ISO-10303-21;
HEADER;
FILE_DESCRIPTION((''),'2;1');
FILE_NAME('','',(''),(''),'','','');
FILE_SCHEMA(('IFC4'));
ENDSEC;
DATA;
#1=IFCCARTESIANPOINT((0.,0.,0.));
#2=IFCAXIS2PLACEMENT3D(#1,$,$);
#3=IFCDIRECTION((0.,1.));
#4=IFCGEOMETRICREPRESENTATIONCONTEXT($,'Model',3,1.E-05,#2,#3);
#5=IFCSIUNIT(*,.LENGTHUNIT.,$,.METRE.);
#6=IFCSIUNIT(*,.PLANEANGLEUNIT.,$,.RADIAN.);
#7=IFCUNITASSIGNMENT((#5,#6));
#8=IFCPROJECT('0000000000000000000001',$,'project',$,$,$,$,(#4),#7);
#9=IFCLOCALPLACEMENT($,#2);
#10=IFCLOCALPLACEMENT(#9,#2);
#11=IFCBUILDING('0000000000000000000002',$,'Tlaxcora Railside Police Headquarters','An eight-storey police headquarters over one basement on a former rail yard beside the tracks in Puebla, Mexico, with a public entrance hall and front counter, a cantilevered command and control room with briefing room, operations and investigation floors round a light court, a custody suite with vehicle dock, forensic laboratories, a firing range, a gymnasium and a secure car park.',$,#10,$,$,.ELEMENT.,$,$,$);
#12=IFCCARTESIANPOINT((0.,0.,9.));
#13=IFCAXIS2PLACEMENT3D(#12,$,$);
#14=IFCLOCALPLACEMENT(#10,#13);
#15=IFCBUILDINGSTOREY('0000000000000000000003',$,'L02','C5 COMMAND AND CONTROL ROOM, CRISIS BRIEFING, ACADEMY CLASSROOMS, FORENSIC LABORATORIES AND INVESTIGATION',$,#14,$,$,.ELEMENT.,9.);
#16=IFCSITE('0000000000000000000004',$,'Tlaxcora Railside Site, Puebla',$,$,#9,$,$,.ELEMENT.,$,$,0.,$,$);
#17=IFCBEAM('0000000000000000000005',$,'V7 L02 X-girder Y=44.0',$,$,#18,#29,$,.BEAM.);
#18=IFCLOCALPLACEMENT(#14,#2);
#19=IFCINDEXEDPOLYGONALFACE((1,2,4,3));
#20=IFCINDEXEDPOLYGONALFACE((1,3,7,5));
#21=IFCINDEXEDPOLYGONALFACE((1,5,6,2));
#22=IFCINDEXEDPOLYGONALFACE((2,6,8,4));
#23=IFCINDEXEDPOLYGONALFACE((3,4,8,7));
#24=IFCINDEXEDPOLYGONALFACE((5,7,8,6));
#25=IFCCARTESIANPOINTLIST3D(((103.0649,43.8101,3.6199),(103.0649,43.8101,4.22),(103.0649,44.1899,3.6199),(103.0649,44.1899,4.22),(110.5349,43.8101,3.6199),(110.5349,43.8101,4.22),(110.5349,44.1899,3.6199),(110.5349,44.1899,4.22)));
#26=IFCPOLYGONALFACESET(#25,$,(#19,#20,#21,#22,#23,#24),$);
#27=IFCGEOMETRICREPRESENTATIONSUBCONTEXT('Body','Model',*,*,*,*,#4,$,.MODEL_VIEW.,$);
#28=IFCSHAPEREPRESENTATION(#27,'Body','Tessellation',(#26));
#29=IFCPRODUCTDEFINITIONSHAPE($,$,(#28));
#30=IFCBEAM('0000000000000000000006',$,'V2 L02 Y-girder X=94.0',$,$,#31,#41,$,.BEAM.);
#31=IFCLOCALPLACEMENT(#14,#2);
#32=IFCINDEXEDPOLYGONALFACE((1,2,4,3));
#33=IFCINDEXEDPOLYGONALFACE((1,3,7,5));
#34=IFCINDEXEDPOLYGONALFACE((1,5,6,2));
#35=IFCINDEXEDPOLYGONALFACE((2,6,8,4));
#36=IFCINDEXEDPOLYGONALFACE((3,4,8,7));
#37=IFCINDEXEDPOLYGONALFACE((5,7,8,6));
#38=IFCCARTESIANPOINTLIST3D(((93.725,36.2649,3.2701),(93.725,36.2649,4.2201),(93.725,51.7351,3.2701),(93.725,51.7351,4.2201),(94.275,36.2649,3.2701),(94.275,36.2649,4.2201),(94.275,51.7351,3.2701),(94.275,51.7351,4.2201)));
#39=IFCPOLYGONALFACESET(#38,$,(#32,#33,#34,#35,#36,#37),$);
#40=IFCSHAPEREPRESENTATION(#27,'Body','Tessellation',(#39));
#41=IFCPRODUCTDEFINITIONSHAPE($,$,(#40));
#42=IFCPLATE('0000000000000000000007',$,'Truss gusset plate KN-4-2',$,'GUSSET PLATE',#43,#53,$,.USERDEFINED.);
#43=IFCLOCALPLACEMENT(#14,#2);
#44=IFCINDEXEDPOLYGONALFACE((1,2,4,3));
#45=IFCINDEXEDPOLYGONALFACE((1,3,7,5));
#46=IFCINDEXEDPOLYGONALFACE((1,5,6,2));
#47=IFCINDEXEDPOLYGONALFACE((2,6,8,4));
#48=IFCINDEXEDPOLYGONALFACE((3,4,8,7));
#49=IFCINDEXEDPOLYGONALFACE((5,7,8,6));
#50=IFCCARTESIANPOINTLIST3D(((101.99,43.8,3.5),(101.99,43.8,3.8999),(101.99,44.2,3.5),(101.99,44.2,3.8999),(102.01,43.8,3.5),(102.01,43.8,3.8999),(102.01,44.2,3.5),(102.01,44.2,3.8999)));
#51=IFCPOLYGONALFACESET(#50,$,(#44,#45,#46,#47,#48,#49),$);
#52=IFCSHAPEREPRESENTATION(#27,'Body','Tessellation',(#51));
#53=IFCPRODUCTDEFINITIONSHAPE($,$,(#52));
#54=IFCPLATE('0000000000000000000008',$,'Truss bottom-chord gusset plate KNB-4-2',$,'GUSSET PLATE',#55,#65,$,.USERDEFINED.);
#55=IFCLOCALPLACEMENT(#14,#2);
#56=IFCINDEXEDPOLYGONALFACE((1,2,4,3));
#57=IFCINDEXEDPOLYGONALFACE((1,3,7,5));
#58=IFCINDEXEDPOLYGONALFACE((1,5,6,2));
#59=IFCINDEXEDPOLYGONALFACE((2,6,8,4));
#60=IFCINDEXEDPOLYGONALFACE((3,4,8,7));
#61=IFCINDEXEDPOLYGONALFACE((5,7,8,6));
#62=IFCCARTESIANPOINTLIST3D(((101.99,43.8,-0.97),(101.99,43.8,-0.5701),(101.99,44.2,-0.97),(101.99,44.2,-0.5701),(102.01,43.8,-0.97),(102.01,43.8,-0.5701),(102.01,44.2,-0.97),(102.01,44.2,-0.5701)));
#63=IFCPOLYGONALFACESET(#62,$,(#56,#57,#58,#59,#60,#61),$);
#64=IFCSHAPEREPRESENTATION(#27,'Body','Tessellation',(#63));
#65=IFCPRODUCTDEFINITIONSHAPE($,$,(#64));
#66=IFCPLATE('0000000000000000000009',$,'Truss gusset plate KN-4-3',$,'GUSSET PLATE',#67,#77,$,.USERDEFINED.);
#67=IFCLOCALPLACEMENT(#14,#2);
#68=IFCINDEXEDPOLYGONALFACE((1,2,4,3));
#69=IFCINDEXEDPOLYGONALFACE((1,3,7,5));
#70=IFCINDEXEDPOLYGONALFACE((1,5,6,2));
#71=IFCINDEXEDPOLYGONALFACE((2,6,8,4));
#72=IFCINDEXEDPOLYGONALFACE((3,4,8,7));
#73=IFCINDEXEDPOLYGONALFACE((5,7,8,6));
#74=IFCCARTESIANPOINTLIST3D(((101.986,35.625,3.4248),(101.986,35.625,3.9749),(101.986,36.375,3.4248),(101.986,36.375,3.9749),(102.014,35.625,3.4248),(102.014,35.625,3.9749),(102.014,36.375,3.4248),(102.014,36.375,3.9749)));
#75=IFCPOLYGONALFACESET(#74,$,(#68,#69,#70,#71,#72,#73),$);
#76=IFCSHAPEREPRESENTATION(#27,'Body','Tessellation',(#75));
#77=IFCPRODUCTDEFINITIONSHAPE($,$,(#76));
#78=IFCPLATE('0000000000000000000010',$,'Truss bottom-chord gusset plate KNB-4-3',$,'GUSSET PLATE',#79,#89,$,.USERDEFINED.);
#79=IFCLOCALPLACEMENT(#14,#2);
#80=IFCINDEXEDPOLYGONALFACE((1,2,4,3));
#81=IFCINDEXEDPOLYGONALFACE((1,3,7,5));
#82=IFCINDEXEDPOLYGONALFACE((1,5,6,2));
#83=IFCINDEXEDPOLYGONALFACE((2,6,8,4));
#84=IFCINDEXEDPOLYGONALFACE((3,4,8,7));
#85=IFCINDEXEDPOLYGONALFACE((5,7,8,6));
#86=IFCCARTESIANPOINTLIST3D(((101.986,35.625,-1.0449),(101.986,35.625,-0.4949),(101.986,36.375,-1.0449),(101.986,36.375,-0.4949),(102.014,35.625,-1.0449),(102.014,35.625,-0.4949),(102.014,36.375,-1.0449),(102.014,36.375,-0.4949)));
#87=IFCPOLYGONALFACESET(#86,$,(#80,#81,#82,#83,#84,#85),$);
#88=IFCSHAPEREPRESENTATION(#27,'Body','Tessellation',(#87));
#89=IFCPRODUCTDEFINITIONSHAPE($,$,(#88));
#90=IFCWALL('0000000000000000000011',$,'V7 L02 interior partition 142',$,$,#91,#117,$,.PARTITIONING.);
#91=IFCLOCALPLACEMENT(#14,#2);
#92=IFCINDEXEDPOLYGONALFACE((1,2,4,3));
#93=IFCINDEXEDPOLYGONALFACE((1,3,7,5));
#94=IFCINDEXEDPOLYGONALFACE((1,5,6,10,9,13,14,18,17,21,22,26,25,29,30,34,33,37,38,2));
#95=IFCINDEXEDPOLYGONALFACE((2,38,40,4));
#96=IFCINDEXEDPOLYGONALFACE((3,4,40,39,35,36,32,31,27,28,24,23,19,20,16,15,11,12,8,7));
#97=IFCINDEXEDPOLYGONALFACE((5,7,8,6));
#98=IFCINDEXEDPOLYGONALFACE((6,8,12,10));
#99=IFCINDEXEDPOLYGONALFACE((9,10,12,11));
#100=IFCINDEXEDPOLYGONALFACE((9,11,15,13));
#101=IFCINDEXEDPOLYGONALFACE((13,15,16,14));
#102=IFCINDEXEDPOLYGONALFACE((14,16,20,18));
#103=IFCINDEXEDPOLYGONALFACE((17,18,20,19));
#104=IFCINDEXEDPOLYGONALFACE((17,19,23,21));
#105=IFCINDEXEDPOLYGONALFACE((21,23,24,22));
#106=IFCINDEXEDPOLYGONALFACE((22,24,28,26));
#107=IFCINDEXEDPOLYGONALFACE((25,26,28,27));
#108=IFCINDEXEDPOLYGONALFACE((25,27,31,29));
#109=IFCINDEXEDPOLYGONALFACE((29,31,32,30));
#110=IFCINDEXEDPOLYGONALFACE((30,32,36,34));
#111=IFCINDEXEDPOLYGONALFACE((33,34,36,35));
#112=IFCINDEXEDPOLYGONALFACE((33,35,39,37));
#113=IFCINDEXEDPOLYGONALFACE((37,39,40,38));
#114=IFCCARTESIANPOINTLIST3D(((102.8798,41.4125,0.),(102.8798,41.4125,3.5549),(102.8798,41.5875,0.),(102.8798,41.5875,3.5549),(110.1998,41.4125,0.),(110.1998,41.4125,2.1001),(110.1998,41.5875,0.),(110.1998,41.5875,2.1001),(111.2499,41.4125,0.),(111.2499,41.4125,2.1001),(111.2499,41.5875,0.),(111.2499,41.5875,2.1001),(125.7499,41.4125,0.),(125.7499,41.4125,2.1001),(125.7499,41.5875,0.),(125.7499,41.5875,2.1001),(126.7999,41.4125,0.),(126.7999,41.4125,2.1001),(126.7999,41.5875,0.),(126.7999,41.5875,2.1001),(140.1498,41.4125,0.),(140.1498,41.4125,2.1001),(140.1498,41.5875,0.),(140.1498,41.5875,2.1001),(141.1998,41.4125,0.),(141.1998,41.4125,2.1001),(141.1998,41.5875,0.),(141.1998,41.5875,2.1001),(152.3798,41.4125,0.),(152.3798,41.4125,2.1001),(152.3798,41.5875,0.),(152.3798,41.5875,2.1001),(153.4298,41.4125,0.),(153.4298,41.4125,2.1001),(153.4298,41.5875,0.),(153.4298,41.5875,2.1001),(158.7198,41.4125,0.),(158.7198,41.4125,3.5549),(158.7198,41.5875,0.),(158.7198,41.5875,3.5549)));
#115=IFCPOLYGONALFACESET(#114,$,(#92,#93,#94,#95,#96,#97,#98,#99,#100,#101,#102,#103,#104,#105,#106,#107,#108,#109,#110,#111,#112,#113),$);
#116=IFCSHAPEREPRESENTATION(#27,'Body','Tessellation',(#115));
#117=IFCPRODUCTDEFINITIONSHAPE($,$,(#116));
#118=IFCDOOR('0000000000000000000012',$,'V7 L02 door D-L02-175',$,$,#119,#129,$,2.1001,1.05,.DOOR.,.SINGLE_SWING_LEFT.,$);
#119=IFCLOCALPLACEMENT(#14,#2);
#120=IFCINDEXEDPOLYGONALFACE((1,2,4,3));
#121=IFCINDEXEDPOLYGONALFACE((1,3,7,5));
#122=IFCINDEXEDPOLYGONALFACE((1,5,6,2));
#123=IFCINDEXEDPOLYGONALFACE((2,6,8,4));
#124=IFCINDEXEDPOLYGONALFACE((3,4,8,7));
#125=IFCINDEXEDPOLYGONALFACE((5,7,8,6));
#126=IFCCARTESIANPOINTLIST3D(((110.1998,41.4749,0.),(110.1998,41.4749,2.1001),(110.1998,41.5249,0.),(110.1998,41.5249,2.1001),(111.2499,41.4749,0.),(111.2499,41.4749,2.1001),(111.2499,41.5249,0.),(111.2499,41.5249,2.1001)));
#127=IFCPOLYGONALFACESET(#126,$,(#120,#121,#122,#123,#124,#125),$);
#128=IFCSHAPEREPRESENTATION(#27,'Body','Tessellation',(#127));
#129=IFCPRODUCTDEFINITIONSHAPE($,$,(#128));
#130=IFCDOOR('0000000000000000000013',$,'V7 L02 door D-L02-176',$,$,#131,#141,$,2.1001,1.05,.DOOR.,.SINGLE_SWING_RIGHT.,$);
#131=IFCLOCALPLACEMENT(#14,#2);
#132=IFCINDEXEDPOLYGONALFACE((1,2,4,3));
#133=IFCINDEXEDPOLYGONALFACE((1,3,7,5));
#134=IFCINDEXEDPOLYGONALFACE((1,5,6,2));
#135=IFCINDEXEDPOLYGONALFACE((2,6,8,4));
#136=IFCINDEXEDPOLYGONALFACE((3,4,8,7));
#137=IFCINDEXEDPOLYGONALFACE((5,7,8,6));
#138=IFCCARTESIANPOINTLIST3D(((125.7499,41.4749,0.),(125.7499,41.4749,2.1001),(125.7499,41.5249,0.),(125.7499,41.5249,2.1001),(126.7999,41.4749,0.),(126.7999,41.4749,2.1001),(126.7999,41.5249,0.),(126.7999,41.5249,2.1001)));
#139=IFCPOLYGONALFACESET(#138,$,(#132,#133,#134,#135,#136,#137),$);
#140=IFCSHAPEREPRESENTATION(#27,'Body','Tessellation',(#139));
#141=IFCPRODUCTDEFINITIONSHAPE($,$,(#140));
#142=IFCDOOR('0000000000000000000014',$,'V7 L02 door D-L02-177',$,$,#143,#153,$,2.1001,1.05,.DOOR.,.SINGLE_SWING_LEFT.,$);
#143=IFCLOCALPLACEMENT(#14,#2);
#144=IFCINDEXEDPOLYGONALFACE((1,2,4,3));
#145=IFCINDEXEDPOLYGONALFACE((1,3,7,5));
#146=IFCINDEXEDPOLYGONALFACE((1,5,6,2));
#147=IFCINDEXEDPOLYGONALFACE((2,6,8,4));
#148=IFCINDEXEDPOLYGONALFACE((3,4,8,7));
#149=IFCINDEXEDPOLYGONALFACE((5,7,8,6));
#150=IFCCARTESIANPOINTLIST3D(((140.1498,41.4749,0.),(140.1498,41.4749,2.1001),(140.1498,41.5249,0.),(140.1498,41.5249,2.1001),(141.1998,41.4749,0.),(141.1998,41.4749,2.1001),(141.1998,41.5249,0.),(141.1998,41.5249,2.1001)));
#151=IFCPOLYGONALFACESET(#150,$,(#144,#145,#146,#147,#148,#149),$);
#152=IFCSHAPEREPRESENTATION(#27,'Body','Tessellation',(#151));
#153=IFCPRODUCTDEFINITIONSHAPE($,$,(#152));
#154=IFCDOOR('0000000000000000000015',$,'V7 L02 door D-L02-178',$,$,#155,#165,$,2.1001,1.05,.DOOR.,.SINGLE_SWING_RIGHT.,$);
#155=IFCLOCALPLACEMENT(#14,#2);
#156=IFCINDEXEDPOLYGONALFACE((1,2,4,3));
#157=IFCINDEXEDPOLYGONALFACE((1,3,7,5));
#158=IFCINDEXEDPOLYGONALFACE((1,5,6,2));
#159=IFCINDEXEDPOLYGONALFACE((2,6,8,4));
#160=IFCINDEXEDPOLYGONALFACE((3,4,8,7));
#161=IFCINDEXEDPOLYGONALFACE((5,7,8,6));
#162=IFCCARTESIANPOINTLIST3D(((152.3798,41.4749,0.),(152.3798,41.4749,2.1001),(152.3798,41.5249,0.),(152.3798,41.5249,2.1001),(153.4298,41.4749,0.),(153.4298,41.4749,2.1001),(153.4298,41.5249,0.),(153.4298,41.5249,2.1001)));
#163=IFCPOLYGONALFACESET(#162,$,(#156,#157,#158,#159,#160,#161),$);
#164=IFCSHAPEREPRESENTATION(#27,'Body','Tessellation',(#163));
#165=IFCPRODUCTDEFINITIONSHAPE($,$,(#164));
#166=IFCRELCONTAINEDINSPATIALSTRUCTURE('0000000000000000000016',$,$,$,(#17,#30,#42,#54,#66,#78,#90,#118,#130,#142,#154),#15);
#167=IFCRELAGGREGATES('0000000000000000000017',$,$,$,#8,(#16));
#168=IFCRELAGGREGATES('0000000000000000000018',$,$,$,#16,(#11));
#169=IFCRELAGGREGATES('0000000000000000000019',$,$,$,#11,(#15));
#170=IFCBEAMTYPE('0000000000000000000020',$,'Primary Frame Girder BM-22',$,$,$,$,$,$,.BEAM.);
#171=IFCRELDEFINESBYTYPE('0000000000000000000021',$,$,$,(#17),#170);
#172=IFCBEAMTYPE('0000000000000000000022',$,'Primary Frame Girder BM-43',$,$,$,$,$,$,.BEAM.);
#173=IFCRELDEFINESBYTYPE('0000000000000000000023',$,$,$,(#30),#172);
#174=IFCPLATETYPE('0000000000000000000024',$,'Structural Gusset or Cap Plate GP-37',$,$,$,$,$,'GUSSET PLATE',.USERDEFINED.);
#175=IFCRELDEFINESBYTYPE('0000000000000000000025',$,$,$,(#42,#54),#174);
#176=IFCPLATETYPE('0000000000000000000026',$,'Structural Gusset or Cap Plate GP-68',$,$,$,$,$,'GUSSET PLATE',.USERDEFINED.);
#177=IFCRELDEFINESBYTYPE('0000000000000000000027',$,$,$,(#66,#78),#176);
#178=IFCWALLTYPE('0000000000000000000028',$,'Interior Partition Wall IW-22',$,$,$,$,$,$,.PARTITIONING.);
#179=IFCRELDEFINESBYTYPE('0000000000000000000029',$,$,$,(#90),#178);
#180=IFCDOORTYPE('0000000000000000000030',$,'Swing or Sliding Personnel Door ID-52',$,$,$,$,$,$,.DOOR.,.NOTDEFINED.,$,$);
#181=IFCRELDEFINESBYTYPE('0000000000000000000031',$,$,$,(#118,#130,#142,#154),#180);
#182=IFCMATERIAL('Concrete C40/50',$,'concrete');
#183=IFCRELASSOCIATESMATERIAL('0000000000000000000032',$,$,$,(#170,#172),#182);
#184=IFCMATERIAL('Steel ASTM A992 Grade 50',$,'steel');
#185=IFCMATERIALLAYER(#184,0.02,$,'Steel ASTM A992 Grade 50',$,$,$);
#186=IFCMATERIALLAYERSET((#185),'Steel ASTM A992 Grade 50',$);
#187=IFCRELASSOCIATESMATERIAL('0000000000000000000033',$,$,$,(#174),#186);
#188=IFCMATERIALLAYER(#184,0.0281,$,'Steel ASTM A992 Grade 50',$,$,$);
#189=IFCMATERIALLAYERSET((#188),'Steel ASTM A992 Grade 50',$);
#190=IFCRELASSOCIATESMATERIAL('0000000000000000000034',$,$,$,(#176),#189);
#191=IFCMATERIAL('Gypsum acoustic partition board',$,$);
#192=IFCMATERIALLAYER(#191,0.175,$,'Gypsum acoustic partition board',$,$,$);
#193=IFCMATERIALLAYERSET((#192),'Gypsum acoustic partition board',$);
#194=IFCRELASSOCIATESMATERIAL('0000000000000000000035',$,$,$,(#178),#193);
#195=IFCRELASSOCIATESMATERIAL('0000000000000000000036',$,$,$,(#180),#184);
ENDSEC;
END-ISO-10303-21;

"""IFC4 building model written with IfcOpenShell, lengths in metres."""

from ifc_helpers import new_model, si_unit, direction, frame, frame_2d, origin, origin_2d, place, context, subcontext, project, spatial, rectangle, extrude, material, layer, layer_set, material_profile, profile_set, type_object, element, fill, save


model = new_model("IFC4")

# Units and contexts
model_context = context("Model", 3, precision=1e-05, world=origin(), true_north=direction((0.0, 1.0)))
body_context = subcontext(model_context, "Body", "Model", "MODEL_VIEW")
ifc_project = project(units=[si_unit("LENGTHUNIT", "METRE"), si_unit("PLANEANGLEUNIT", "RADIAN")], contexts=[model_context])

# Site, building, storey
site_placement = place(None, origin())
site = spatial("IfcSite", under=ifc_project, at=site_placement, Name="Tlaxcora Railside Site, Puebla", CompositionType="ELEMENT", RefElevation=0.0)
building_placement = place(site_placement, origin())
building = spatial("IfcBuilding", under=site, at=building_placement, Name="Tlaxcora Railside Police Headquarters", Description="An eight-storey police headquarters over one basement on a former rail yard beside the tracks in Puebla, Mexico, with a public entrance hall and front counter, a cantilevered command and control room with briefing room, operations and investigation floors round a light court, a custody suite with vehicle dock, forensic laboratories, a firing range, a gymnasium and a secure car park.", CompositionType="ELEMENT")
storey_placement = place(building_placement, frame((0.0, 0.0, 9.0)))
storey = spatial("IfcBuildingStorey", under=building, at=storey_placement, Name="L02", Description="C5 COMMAND AND CONTROL ROOM, CRISIS BRIEFING, ACADEMY CLASSROOMS, FORENSIC LABORATORIES AND INVESTIGATION", CompositionType="ELEMENT", Elevation=9.0)

# Shared definitions
ifc_material_1 = material(Name="Concrete C40/50", Category="concrete")

# Shared definitions
ifc_material_2 = material(Name="Steel ASTM A992 Grade 50", Category="steel")

# Beams
ifc_material_profile_1 = material_profile(ifc_material_1, rectangle(XDim=0.3799, YDim=0.6001, at=origin_2d()), Name="RC380X600")
ifc_profile_set_1 = profile_set([ifc_material_profile_1], Name="Concrete C40/50")
beam_type_1 = type_object("IfcBeamType", Name="Primary Frame Girder BM-22", PredefinedType="BEAM", material=ifc_profile_set_1)
beam_1_placement = place(storey_placement, frame((103.0649, 44.0, 3.9199), z_axis=(1.0, 0.0, 0.0), x_axis=(0.0, 1.0, 0.0)))
element("IfcBeam", 1, at=beam_1_placement, inside=storey, type_object=beam_type_1, Name="V7 L02 X-girder Y=44.0", PredefinedType="BEAM", context=body_context, shape_type="SweptSolid", body=[
    extrude(rectangle(XDim=0.3799, YDim=0.6001, at=origin_2d()), origin(), (0.0, 0.0, 1.0), 7.47),
])
ifc_material_profile_2 = material_profile(ifc_material_1, rectangle(XDim=0.55, YDim=0.95, at=origin_2d()), Name="RC550X950")
ifc_profile_set_2 = profile_set([ifc_material_profile_2], Name="Concrete C40/50")
beam_type_2 = type_object("IfcBeamType", Name="Primary Frame Girder BM-43", PredefinedType="BEAM", material=ifc_profile_set_2)
beam_2_placement = place(storey_placement, frame((94.0, 36.2649, 3.7451), z_axis=(0.0, 1.0, 0.0), x_axis=(-1.0, 0.0, 0.0)))
element("IfcBeam", 2, at=beam_2_placement, inside=storey, type_object=beam_type_2, Name="V2 L02 Y-girder X=94.0", PredefinedType="BEAM", context=body_context, shape_type="SweptSolid", body=[
    extrude(rectangle(XDim=0.55, YDim=0.95, at=origin_2d()), origin(), (0.0, 0.0, 1.0), 15.4702),
])

# Plates
ifc_layer_1 = layer(ifc_material_2, 0.02, Name="Steel ASTM A992 Grade 50")
ifc_layer_set_1 = layer_set([ifc_layer_1], Name="Steel ASTM A992 Grade 50")
plate_type_1 = type_object("IfcPlateType", Name="Structural Gusset or Cap Plate GP-37", ElementType="GUSSET PLATE", PredefinedType="USERDEFINED", material=ifc_layer_set_1)
for number, where, z_axis, x_axis, name in (
    (3, (102.0, 44.0, 3.5), (0.0, 0.0, 1.0), (0.0, 1.0, 0.0), "Truss gusset plate KN-4-2"),
    (4, (102.0, 44.0, -0.97), (0.0, 0.0, 1.0), (0.0, 1.0, 0.0), "Truss bottom-chord gusset plate KNB-4-2"),
):
    element("IfcPlate", number, at=place(storey_placement, frame(where, z_axis=z_axis, x_axis=x_axis)), inside=storey, type_object=plate_type_1, Name=name, ObjectType="GUSSET PLATE", PredefinedType="USERDEFINED", context=body_context, shape_type="SweptSolid", body=[
        extrude(rectangle(XDim=0.3999, YDim=0.02, at=origin_2d()), origin(), (0.0, 0.0, 1.0), 0.3999),
    ])
ifc_layer_2 = layer(ifc_material_2, 0.0281, Name="Steel ASTM A992 Grade 50")
ifc_layer_set_2 = layer_set([ifc_layer_2], Name="Steel ASTM A992 Grade 50")
plate_type_2 = type_object("IfcPlateType", Name="Structural Gusset or Cap Plate GP-68", ElementType="GUSSET PLATE", PredefinedType="USERDEFINED", material=ifc_layer_set_2)
for number, where, z_axis, x_axis, name in (
    (5, (102.0, 36.0, 3.4248), (0.0, 0.0, 1.0), (0.0, 1.0, 0.0), "Truss gusset plate KN-4-3"),
    (6, (102.0, 36.0, -1.0449), (0.0, 0.0, 1.0), (0.0, 1.0, 0.0), "Truss bottom-chord gusset plate KNB-4-3"),
):
    element("IfcPlate", number, at=place(storey_placement, frame(where, z_axis=z_axis, x_axis=x_axis)), inside=storey, type_object=plate_type_2, Name=name, ObjectType="GUSSET PLATE", PredefinedType="USERDEFINED", context=body_context, shape_type="SweptSolid", body=[
        extrude(rectangle(XDim=0.75, YDim=0.0281, at=origin_2d()), origin(), (0.0, 0.0, 1.0), 0.55),
    ])

# Wall, openings, doors
ifc_material_3 = material(Name="Gypsum acoustic partition board")
ifc_layer_3 = layer(ifc_material_3, 0.175, Name="Gypsum acoustic partition board")
ifc_layer_set_3 = layer_set([ifc_layer_3], Name="Gypsum acoustic partition board")
wall_type_1 = type_object("IfcWallType", Name="Interior Partition Wall IW-22", PredefinedType="PARTITIONING", material=ifc_layer_set_3)
wall_1_placement = place(storey_placement, frame((102.8799, 41.5, 0.0), z_axis=(0.0, 0.0, 1.0), x_axis=(1.0, 0.0, 0.0)))
wall_1 = element("IfcWall", 7, at=wall_1_placement, inside=storey, type_object=wall_type_1, Name="V7 L02 interior partition 142", PredefinedType="PARTITIONING", context=body_context, shape_type="SweptSolid", body=[
    extrude(rectangle(XDim=55.8401, YDim=0.175, at=frame_2d((27.9199, 0.0))), origin(), (0.0, 0.0, 1.0), 3.5549),
])
opening_1_placement = place(wall_1_placement, frame((7.3201, 0.0, 0.0)))
opening_1 = element("IfcOpeningElement", 8, at=opening_1_placement, cuts=wall_1, PredefinedType="OPENING", context=body_context, shape_type="SweptSolid", body=[
    extrude(rectangle(XDim=1.05, YDim=2.1001, at=frame_2d((0.5249, 1.05))), frame((0.0, 0.0977, 0.0), z_axis=(0.0, -1.0, 0.0), x_axis=(1.0, 0.0, 0.0)), (0.0, 0.0, 1.0), 0.1951),
])
opening_2_placement = place(wall_1_placement, frame((22.8701, 0.0, 0.0)))
opening_2 = element("IfcOpeningElement", 9, at=opening_2_placement, cuts=wall_1, PredefinedType="OPENING", context=body_context, shape_type="SweptSolid", body=[
    extrude(rectangle(XDim=1.05, YDim=2.1001, at=frame_2d((0.5249, 1.05))), frame((0.0, 0.0977, 0.0), z_axis=(0.0, -1.0, 0.0), x_axis=(1.0, 0.0, 0.0)), (0.0, 0.0, 1.0), 0.1951),
])
opening_3_placement = place(wall_1_placement, frame((37.27, 0.0, 0.0)))
opening_3 = element("IfcOpeningElement", 10, at=opening_3_placement, cuts=wall_1, PredefinedType="OPENING", context=body_context, shape_type="SweptSolid", body=[
    extrude(rectangle(XDim=1.05, YDim=2.1001, at=frame_2d((0.5249, 1.05))), frame((0.0, 0.0977, 0.0), z_axis=(0.0, -1.0, 0.0), x_axis=(1.0, 0.0, 0.0)), (0.0, 0.0, 1.0), 0.1951),
])
opening_4_placement = place(wall_1_placement, frame((49.5, 0.0, 0.0)))
opening_4 = element("IfcOpeningElement", 11, at=opening_4_placement, cuts=wall_1, PredefinedType="OPENING", context=body_context, shape_type="SweptSolid", body=[
    extrude(rectangle(XDim=1.05, YDim=2.1001, at=frame_2d((0.5249, 1.05))), frame((0.0, 0.0977, 0.0), z_axis=(0.0, -1.0, 0.0), x_axis=(1.0, 0.0, 0.0)), (0.0, 0.0, 1.0), 0.1951),
])
door_type = type_object("IfcDoorType", Name="Swing or Sliding Personnel Door ID-52", OperationType="NOTDEFINED", PredefinedType="DOOR", material=ifc_material_2)
door_1_placement = place(opening_1_placement, origin())
door_1 = element("IfcDoor", 12, at=door_1_placement, inside=storey, type_object=door_type, Name="V7 L02 door D-L02-175", OperationType="SINGLE_SWING_LEFT", OverallHeight=2.1001, OverallWidth=1.05, PredefinedType="DOOR", context=body_context, shape_type="SweptSolid", body=[
    extrude(rectangle(XDim=1.05, YDim=2.1001, at=frame_2d((0.5249, 1.05))), frame((0.0, 0.0249, 0.0), z_axis=(0.0, -1.0, 0.0), x_axis=(1.0, 0.0, 0.0)), (0.0, 0.0, 1.0), 0.05),
])
fill(opening_1, door_1)
door_2_placement = place(opening_2_placement, origin())
door_2 = element("IfcDoor", 13, at=door_2_placement, inside=storey, type_object=door_type, Name="V7 L02 door D-L02-176", OperationType="SINGLE_SWING_RIGHT", OverallHeight=2.1001, OverallWidth=1.05, PredefinedType="DOOR", context=body_context, shape_type="SweptSolid", body=[
    extrude(rectangle(XDim=1.05, YDim=2.1001, at=frame_2d((0.5249, 1.05))), frame((0.0, 0.0249, 0.0), z_axis=(0.0, -1.0, 0.0), x_axis=(1.0, 0.0, 0.0)), (0.0, 0.0, 1.0), 0.05),
])
fill(opening_2, door_2)
door_3_placement = place(opening_3_placement, origin())
door_3 = element("IfcDoor", 14, at=door_3_placement, inside=storey, type_object=door_type, Name="V7 L02 door D-L02-177", OperationType="SINGLE_SWING_LEFT", OverallHeight=2.1001, OverallWidth=1.05, PredefinedType="DOOR", context=body_context, shape_type="SweptSolid", body=[
    extrude(rectangle(XDim=1.05, YDim=2.1001, at=frame_2d((0.5249, 1.05))), frame((0.0, 0.0249, 0.0), z_axis=(0.0, -1.0, 0.0), x_axis=(1.0, 0.0, 0.0)), (0.0, 0.0, 1.0), 0.05),
])
fill(opening_3, door_3)
door_4_placement = place(opening_4_placement, origin())
door_4 = element("IfcDoor", 15, at=door_4_placement, inside=storey, type_object=door_type, Name="V7 L02 door D-L02-178", OperationType="SINGLE_SWING_RIGHT", OverallHeight=2.1001, OverallWidth=1.05, PredefinedType="DOOR", context=body_context, shape_type="SweptSolid", body=[
    extrude(rectangle(XDim=1.05, YDim=2.1001, at=frame_2d((0.5249, 1.05))), frame((0.0, 0.0249, 0.0), z_axis=(0.0, -1.0, 0.0), x_axis=(1.0, 0.0, 0.0)), (0.0, 0.0, 1.0), 0.05),
])
fill(opening_4, door_4)

save(model, "model.ifc")
